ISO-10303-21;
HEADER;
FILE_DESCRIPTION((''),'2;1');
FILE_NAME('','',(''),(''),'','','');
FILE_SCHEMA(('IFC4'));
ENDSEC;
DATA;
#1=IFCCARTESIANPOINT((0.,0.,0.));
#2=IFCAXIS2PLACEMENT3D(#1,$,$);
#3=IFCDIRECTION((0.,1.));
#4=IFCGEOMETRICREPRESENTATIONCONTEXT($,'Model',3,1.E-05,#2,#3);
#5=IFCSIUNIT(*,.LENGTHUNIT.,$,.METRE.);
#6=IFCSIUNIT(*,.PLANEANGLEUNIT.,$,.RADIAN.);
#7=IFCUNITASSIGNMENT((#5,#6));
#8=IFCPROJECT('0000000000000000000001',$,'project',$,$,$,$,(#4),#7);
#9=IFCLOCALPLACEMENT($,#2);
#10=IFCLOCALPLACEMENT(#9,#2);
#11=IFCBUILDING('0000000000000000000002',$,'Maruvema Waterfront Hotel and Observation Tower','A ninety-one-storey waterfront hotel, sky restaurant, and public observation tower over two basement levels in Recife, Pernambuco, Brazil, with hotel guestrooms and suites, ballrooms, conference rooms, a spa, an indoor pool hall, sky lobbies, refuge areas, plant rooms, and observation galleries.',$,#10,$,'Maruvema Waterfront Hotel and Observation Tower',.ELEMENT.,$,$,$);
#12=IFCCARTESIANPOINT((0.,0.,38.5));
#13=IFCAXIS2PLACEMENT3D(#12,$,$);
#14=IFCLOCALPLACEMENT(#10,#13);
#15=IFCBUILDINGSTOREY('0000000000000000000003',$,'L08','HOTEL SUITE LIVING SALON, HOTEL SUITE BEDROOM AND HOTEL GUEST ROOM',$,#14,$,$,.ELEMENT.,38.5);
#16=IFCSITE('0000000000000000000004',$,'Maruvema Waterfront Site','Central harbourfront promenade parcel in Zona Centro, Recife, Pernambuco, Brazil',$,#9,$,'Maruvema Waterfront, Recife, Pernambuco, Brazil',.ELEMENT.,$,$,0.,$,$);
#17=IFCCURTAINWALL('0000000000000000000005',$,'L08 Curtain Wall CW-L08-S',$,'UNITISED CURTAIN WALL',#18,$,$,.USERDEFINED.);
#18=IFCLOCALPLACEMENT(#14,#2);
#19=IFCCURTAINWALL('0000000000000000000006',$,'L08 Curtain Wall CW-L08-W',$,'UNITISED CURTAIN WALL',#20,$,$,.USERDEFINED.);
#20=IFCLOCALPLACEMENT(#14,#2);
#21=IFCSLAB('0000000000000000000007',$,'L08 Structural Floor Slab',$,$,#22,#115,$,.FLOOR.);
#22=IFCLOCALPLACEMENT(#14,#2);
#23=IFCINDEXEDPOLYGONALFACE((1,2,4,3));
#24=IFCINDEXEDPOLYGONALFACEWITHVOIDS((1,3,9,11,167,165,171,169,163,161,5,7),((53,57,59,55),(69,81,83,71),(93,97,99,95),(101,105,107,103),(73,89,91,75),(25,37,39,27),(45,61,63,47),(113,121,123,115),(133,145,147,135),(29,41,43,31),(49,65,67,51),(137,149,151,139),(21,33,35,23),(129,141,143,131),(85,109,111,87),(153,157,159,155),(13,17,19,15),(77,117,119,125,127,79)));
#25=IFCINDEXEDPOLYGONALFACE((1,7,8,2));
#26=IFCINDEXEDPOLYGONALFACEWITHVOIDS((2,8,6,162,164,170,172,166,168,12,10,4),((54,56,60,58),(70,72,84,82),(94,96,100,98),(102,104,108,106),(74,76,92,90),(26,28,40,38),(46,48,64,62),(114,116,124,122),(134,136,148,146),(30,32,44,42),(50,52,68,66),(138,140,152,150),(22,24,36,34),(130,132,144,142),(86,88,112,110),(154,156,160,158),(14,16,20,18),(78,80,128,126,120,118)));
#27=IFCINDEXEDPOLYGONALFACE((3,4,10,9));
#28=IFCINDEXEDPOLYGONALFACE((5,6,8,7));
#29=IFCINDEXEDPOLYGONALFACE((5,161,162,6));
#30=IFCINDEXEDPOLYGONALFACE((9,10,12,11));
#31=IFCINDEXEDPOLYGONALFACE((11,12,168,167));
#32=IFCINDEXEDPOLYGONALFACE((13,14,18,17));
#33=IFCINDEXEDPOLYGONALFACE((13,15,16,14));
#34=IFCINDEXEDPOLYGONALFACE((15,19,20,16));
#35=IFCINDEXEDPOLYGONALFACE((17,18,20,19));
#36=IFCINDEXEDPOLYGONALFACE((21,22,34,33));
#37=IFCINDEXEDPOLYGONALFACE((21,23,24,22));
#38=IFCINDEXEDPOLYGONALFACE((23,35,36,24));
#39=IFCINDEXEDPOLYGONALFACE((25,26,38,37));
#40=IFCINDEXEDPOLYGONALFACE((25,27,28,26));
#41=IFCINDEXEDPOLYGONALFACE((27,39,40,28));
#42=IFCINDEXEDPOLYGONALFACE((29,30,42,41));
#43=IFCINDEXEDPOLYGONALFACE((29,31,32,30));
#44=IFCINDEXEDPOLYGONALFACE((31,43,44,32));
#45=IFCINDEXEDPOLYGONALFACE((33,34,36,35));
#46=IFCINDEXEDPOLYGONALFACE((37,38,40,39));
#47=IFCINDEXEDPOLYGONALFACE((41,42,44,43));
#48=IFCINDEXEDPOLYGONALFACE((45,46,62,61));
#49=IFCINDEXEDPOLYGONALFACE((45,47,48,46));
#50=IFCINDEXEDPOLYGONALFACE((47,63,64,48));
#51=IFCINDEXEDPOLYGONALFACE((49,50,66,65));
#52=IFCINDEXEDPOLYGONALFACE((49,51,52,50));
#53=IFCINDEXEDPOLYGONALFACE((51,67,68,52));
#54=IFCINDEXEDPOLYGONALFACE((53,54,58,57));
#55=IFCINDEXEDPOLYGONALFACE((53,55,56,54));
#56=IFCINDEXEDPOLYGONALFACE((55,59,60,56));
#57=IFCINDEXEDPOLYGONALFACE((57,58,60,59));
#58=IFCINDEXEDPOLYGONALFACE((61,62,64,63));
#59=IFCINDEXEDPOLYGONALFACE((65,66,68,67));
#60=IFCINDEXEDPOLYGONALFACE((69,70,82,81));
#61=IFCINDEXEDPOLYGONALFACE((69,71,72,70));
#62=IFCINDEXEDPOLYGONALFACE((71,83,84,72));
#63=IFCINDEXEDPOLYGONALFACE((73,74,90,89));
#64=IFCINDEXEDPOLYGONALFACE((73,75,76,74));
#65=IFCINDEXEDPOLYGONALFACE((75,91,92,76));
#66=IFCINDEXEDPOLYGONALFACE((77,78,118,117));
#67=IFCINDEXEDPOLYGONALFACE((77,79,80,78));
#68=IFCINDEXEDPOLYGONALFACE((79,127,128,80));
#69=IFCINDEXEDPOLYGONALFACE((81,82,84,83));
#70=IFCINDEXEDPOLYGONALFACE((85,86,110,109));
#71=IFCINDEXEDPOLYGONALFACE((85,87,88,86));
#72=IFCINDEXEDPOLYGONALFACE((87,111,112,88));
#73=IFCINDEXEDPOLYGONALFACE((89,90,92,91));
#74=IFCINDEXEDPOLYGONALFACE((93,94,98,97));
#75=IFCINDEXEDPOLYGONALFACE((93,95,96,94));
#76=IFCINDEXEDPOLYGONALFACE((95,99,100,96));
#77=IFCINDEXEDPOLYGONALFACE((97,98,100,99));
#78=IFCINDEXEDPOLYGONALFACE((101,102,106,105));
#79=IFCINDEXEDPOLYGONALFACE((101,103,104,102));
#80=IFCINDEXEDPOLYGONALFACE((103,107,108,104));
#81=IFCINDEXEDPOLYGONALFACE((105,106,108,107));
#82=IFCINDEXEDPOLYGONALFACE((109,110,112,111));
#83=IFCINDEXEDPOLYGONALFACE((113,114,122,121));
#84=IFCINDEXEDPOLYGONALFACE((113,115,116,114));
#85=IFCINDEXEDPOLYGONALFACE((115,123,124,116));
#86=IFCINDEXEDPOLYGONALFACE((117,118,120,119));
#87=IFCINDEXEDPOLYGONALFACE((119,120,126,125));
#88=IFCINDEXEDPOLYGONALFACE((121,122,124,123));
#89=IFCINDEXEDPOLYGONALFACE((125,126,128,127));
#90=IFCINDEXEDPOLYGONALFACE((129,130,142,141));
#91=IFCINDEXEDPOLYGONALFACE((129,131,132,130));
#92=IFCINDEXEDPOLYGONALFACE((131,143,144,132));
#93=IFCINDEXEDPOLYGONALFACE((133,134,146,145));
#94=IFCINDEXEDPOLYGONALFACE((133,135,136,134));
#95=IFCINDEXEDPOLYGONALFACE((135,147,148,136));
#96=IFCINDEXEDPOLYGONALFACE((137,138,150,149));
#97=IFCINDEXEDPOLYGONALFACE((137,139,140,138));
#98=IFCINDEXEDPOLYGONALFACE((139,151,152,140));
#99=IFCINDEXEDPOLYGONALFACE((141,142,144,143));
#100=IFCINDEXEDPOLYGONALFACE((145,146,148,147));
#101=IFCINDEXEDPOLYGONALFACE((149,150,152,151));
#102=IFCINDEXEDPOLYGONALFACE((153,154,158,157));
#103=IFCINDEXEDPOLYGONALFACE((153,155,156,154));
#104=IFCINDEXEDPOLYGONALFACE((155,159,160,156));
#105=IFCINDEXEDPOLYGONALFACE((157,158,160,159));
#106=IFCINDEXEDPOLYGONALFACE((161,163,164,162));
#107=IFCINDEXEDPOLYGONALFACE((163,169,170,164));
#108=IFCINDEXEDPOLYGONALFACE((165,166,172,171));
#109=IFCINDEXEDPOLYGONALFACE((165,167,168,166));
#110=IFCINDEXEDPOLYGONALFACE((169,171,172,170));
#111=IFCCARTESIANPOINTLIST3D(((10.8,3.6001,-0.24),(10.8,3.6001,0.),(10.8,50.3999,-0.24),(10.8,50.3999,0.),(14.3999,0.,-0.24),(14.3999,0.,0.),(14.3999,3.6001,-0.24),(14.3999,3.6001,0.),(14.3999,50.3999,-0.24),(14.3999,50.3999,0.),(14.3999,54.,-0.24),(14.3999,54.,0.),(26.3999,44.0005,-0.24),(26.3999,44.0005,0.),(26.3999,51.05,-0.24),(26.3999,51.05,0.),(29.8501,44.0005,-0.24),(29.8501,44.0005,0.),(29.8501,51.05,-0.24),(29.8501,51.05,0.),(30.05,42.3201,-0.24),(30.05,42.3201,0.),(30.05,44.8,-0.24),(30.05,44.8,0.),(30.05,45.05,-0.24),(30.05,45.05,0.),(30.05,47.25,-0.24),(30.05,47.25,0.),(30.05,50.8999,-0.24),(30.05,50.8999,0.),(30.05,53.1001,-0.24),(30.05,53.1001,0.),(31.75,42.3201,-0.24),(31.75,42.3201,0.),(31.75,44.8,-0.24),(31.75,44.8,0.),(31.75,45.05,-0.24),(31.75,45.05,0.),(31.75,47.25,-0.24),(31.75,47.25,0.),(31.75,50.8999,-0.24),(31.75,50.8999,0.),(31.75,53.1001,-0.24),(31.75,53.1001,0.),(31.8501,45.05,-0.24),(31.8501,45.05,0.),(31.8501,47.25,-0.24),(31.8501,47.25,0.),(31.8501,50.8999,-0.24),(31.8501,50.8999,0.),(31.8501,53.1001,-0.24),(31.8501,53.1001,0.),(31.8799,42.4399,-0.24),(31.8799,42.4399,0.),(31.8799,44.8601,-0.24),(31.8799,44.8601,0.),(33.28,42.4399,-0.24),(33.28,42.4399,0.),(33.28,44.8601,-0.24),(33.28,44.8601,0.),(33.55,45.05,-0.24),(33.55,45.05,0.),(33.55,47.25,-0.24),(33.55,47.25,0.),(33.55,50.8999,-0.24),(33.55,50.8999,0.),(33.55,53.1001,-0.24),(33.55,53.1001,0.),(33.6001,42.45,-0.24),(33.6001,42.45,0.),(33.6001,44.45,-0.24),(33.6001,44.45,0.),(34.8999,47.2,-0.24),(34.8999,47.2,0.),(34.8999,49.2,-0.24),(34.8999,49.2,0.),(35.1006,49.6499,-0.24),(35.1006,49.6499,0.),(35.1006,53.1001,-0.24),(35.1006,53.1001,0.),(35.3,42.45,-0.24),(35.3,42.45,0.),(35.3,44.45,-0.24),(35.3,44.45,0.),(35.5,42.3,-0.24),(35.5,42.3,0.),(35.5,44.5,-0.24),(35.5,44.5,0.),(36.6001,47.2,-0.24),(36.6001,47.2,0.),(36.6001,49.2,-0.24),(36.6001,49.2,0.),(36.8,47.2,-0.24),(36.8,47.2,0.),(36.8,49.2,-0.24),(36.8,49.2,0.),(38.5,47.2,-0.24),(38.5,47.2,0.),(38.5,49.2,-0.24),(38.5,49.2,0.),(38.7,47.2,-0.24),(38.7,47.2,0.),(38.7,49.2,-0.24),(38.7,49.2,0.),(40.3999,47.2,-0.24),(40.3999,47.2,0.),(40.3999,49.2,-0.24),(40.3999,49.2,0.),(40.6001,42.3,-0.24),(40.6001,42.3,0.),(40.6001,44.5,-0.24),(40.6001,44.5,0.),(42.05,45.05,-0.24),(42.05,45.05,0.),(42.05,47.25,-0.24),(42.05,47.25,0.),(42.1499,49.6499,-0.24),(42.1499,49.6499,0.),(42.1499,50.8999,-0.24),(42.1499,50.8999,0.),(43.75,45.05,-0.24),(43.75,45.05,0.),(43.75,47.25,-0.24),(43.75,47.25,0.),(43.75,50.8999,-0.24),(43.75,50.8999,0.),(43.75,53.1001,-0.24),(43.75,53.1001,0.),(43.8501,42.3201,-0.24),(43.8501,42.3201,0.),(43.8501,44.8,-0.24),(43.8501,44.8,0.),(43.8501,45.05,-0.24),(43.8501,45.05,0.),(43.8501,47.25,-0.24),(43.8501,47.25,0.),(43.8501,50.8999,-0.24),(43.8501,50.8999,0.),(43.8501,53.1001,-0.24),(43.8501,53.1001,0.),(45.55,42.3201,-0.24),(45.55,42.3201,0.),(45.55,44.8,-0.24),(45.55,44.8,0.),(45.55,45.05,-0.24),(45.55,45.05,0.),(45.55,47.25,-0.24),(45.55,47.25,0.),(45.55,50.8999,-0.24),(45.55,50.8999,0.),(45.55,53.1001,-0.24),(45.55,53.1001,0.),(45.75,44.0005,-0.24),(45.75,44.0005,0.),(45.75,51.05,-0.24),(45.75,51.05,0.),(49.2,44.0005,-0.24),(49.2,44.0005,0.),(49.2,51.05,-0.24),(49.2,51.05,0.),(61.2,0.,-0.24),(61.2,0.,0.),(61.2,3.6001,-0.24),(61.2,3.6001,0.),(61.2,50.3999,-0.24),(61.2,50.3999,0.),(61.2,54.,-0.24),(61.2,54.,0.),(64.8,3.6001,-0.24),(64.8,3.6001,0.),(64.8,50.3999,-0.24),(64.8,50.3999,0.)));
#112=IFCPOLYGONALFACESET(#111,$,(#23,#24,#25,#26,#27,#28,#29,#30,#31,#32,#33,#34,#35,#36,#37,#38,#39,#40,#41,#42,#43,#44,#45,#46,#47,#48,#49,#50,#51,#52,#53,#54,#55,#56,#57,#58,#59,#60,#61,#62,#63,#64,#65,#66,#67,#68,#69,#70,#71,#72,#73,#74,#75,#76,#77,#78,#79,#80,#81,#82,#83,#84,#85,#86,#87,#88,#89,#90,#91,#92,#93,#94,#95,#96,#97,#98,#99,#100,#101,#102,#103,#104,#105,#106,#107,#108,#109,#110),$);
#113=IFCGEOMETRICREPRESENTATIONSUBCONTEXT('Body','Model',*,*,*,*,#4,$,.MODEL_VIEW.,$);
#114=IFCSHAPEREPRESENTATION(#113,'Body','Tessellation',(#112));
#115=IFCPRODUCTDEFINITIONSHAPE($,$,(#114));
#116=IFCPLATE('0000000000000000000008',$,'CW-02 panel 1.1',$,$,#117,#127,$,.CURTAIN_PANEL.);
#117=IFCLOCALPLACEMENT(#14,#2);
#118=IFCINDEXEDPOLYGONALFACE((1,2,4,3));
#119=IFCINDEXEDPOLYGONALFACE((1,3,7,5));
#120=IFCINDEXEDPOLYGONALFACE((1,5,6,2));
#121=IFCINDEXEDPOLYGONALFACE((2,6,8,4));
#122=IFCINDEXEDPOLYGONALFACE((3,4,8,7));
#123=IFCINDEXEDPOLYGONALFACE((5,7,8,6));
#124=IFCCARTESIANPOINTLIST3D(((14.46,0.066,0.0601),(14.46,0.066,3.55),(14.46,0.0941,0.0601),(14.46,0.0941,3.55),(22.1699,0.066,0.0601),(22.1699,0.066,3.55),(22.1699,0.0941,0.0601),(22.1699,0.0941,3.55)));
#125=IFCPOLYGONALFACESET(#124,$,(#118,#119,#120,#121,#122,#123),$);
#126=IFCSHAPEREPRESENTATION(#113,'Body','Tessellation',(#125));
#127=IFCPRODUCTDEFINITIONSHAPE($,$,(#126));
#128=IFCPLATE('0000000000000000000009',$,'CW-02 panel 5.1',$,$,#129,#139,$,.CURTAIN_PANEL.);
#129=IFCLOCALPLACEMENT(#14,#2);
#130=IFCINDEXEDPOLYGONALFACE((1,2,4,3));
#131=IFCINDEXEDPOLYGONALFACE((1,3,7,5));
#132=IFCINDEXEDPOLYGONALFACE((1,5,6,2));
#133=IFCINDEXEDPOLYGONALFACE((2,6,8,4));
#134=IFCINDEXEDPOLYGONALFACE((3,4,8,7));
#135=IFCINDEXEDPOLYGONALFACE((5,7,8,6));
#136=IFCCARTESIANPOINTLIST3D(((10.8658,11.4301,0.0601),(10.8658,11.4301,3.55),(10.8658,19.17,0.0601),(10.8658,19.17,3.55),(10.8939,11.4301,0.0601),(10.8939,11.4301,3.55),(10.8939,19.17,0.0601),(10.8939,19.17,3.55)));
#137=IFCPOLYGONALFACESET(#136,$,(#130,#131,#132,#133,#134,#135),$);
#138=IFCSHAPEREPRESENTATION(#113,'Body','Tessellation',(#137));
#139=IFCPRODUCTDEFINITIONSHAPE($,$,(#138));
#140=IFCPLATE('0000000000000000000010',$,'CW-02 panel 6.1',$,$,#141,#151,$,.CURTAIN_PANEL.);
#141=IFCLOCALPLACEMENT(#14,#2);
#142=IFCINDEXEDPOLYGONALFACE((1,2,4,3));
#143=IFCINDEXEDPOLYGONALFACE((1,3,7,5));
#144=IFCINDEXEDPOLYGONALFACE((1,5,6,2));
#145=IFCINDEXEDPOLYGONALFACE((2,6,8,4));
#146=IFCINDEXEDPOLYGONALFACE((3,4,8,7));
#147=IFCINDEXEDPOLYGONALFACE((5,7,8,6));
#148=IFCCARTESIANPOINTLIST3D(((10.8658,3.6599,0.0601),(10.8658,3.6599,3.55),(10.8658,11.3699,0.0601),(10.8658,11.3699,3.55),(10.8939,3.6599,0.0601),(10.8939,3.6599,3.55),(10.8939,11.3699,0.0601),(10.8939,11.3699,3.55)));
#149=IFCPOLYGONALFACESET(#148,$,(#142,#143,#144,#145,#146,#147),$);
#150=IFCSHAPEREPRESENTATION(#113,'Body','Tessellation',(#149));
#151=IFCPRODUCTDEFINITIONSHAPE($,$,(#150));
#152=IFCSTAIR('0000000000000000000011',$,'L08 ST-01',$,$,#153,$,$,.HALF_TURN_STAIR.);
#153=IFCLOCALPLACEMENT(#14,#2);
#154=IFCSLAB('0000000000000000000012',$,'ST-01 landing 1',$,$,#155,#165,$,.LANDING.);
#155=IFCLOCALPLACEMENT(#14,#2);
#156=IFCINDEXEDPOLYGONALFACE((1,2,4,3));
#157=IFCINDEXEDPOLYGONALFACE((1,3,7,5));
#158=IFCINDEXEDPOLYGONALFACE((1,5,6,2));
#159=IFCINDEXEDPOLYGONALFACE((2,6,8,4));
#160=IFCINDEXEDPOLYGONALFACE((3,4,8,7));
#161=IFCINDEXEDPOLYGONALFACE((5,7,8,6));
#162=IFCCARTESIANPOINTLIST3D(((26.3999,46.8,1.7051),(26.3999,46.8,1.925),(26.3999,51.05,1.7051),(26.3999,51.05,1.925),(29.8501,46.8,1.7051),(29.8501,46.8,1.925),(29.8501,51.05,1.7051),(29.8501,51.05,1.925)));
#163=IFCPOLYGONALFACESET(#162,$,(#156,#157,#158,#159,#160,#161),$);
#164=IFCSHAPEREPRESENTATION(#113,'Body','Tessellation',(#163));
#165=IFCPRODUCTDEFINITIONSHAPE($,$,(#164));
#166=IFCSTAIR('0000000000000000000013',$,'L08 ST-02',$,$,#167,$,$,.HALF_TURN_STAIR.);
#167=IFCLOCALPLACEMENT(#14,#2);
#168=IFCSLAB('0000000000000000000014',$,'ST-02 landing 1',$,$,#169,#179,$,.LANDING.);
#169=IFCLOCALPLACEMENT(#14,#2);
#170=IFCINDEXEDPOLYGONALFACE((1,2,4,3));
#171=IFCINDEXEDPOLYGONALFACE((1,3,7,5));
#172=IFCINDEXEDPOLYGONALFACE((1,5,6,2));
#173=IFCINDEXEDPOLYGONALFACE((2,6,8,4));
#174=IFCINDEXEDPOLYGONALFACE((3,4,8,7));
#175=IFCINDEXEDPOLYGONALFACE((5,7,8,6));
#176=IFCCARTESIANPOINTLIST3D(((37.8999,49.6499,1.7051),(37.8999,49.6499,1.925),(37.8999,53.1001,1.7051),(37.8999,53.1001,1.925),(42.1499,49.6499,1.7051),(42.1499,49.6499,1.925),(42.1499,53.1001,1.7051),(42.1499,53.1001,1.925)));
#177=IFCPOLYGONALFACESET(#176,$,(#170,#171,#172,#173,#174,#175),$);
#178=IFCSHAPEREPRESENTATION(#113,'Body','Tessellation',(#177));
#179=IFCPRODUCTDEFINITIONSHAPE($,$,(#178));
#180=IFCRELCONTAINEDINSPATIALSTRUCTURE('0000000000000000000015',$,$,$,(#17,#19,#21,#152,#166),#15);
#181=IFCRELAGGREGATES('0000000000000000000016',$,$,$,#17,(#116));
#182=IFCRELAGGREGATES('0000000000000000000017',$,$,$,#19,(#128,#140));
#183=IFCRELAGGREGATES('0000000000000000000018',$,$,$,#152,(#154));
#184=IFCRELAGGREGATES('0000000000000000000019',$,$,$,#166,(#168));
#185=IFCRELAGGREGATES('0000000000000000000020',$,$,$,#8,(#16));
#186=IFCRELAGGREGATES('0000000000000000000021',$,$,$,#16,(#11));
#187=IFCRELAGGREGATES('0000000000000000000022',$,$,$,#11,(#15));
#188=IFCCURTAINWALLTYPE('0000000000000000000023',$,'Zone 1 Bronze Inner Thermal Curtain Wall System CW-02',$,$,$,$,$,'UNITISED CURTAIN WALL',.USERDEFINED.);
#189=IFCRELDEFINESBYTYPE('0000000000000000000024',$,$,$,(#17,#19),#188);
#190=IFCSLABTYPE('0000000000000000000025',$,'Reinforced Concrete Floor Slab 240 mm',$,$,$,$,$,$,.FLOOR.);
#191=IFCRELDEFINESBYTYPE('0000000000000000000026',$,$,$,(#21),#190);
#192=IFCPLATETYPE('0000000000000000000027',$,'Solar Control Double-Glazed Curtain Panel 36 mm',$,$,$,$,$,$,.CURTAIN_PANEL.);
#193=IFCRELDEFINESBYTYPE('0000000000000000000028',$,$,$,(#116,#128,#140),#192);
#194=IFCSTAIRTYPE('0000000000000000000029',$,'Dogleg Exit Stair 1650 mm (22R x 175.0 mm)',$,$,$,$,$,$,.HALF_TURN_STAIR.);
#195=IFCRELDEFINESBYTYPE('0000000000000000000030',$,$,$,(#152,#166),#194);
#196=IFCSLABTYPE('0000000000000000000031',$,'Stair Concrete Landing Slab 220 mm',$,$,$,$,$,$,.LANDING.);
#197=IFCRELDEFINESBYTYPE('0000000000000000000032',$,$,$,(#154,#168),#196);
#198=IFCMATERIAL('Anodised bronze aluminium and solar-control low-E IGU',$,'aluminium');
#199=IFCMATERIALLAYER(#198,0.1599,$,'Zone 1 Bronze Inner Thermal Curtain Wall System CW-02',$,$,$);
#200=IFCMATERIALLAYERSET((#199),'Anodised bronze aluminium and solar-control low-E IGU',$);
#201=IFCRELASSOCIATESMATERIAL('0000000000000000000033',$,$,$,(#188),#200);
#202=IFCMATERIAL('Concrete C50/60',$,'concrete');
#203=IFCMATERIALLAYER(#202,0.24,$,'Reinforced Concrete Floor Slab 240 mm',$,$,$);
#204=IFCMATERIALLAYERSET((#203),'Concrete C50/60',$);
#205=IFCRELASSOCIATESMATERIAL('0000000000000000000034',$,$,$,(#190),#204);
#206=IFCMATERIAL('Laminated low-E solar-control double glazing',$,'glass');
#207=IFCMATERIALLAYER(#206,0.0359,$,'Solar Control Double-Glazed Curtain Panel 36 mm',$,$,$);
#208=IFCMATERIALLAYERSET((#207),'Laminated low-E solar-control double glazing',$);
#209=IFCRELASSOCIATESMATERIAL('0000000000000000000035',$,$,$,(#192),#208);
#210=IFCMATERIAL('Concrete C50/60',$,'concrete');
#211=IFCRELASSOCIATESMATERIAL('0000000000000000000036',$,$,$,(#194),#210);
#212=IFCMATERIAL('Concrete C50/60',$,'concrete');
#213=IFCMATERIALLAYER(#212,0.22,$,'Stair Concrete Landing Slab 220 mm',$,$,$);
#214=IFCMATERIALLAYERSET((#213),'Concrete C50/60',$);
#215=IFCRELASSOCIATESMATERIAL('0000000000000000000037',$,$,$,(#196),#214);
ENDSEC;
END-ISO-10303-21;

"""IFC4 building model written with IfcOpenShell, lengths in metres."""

from ifc_helpers import new_model, si_unit, direction, frame, origin, origin_2d, place, context, subcontext, project, spatial, polyline, rectangle, outline, extrude, material, layer, layer_set, type_object, element, aggregate, save


model = new_model("IFC4")

# Units and contexts
model_context = context("Model", 3, precision=1e-05, world=origin(), true_north=direction((0.0, 1.0)))
body_context = subcontext(model_context, "Body", "Model", "MODEL_VIEW")
ifc_project = project(units=[si_unit("LENGTHUNIT", "METRE"), si_unit("PLANEANGLEUNIT", "RADIAN")], contexts=[model_context])

# Site, building, storey
site_placement = place(None, origin())
site = spatial("IfcSite", under=ifc_project, at=site_placement, Name="Maruvema Waterfront Site", Description="Central harbourfront promenade parcel in Zona Centro, Recife, Pernambuco, Brazil", LongName="Maruvema Waterfront, Recife, Pernambuco, Brazil", CompositionType="ELEMENT", RefElevation=0.0)
building_placement = place(site_placement, origin())
building = spatial("IfcBuilding", under=site, at=building_placement, Name="Maruvema Waterfront Hotel and Observation Tower", Description="A ninety-one-storey waterfront hotel, sky restaurant, and public observation tower over two basement levels in Recife, Pernambuco, Brazil, with hotel guestrooms and suites, ballrooms, conference rooms, a spa, an indoor pool hall, sky lobbies, refuge areas, plant rooms, and observation galleries.", LongName="Maruvema Waterfront Hotel and Observation Tower", CompositionType="ELEMENT")
storey_placement = place(building_placement, frame((0.0, 0.0, 38.5)))
storey = spatial("IfcBuildingStorey", under=building, at=storey_placement, Name="L08", Description="HOTEL SUITE LIVING SALON, HOTEL SUITE BEDROOM AND HOTEL GUEST ROOM", CompositionType="ELEMENT", Elevation=38.5)

# Curtain walls
ifc_material_1 = material(Name="Anodised bronze aluminium and solar-control low-E IGU", Category="aluminium")
ifc_layer_1 = layer(ifc_material_1, 0.1599, Name="Zone 1 Bronze Inner Thermal Curtain Wall System CW-02")
ifc_layer_set_1 = layer_set([ifc_layer_1], Name="Anodised bronze aluminium and solar-control low-E IGU")
curtain_wall_type = type_object("IfcCurtainWallType", Name="Zone 1 Bronze Inner Thermal Curtain Wall System CW-02", ElementType="UNITISED CURTAIN WALL", PredefinedType="USERDEFINED", material=ifc_layer_set_1)
curtain_wall_1_placement = place(storey_placement, origin())
curtain_wall_1 = element("IfcCurtainWall", 1, at=curtain_wall_1_placement, inside=storey, type_object=curtain_wall_type, Name="L08 Curtain Wall CW-L08-S", ObjectType="UNITISED CURTAIN WALL", PredefinedType="USERDEFINED")
curtain_wall_2_placement = place(storey_placement, origin())
curtain_wall_2 = element("IfcCurtainWall", 2, at=curtain_wall_2_placement, inside=storey, type_object=curtain_wall_type, Name="L08 Curtain Wall CW-L08-W", ObjectType="UNITISED CURTAIN WALL", PredefinedType="USERDEFINED")

# Slab
ifc_material_2 = material(Name="Concrete C50/60", Category="concrete")
ifc_layer_2 = layer(ifc_material_2, 0.24, Name="Reinforced Concrete Floor Slab 240 mm")
ifc_layer_set_2 = layer_set([ifc_layer_2], Name="Concrete C50/60")
slab_type_1 = type_object("IfcSlabType", Name="Reinforced Concrete Floor Slab 240 mm", PredefinedType="FLOOR", material=ifc_layer_set_2)
slab_1_placement = place(storey_placement, frame((0.0, 0.0, -0.24)))
element("IfcSlab", 3, at=slab_1_placement, inside=storey, type_object=slab_type_1, Name="L08 Structural Floor Slab", PredefinedType="FLOOR", context=body_context, shape_type="SweptSolid", body=[
    extrude(outline(polyline([(14.3999, 0.0), (61.2, 0.0), (61.2, 3.6001), (64.8, 3.6001), (64.8, 50.3999), (61.2, 50.3999), (61.2, 54.0), (14.3999, 54.0), (14.3999, 50.3999), (10.8, 50.3999), (10.8, 3.6001), (14.3999, 3.6001), (14.3999, 0.0)]), holes=[polyline([(26.3999, 44.0005), (26.3999, 51.05), (29.8501, 51.05), (29.8501, 44.0005), (26.3999, 44.0005)]), polyline([(30.05, 44.8), (31.75, 44.8), (31.75, 42.3201), (30.05, 42.3201), (30.05, 44.8)]), polyline([(31.75, 47.25), (31.75, 45.05), (30.05, 45.05), (30.05, 47.25), (31.75, 47.25)]), polyline([(31.75, 53.1001), (31.75, 50.8999), (30.05, 50.8999), (30.05, 53.1001), (31.75, 53.1001)]), polyline([(33.28, 44.8601), (33.28, 42.4399), (31.8799, 42.4399), (31.8799, 44.8601), (33.28, 44.8601)]), polyline([(31.8501, 47.25), (33.55, 47.25), (33.55, 45.05), (31.8501, 45.05), (31.8501, 47.25)]), polyline([(31.8501, 53.1001), (33.55, 53.1001), (33.55, 50.8999), (31.8501, 50.8999), (31.8501, 53.1001)]), polyline([(33.6001, 44.45), (35.3, 44.45), (35.3, 42.45), (33.6001, 42.45), (33.6001, 44.45)]), polyline([(34.8999, 49.2), (36.6001, 49.2), (36.6001, 47.2), (34.8999, 47.2), (34.8999, 49.2)]), polyline([(38.5, 49.2), (38.5, 47.2), (36.8, 47.2), (36.8, 49.2), (38.5, 49.2)]), polyline([(35.5, 44.5), (40.6001, 44.5), (40.6001, 42.3), (35.5, 42.3), (35.5, 44.5)]), polyline([(43.75, 50.8999), (42.1499, 50.8999), (42.1499, 49.6499), (35.1006, 49.6499), (35.1006, 53.1001), (43.75, 53.1001), (43.75, 50.8999)]), polyline([(40.3999, 49.2), (40.3999, 47.2), (38.7, 47.2), (38.7, 49.2), (40.3999, 49.2)]), polyline([(43.75, 47.25), (43.75, 45.05), (42.05, 45.05), (42.05, 47.25), (43.75, 47.25)]), polyline([(45.55, 44.8), (45.55, 42.3201), (43.8501, 42.3201), (43.8501, 44.8), (45.55, 44.8)]), polyline([(43.8501, 47.25), (45.55, 47.25), (45.55, 45.05), (43.8501, 45.05), (43.8501, 47.25)]), polyline([(45.55, 53.1001), (45.55, 50.8999), (43.8501, 50.8999), (43.8501, 53.1001), (45.55, 53.1001)]), polyline([(45.75, 51.05), (49.2, 51.05), (49.2, 44.0005), (45.75, 44.0005), (45.75, 51.05)])]), origin(), (0.0, 0.0, 1.0), 0.24),
])

# Plates
ifc_material_3 = material(Name="Laminated low-E solar-control double glazing", Category="glass")
ifc_layer_3 = layer(ifc_material_3, 0.0359, Name="Solar Control Double-Glazed Curtain Panel 36 mm")
ifc_layer_set_3 = layer_set([ifc_layer_3], Name="Laminated low-E solar-control double glazing")
plate_type = type_object("IfcPlateType", Name="Solar Control Double-Glazed Curtain Panel 36 mm", PredefinedType="CURTAIN_PANEL", material=ifc_layer_set_3)
plate_1_placement = place(storey_placement, frame((18.3149, 0.0801, 0.0601), z_axis=(0.0, 0.0, 1.0), x_axis=(1.0, 0.0, 0.0)))
plate_1 = element("IfcPlate", 4, at=plate_1_placement, type_object=plate_type, Name="CW-02 panel 1.1", PredefinedType="CURTAIN_PANEL", context=body_context, shape_type="SweptSolid", body=[
    extrude(rectangle(XDim=7.71, YDim=0.0281, at=origin_2d()), origin(), (0.0, 0.0, 1.0), 3.49),
])
aggregate(curtain_wall_1, [plate_1])
plate_2_placement = place(storey_placement, frame((10.8799, 15.3, 0.0601), z_axis=(0.0, 0.0, 1.0), x_axis=(0.0, -1.0, 0.0)))
plate_2 = element("IfcPlate", 5, at=plate_2_placement, type_object=plate_type, Name="CW-02 panel 5.1", PredefinedType="CURTAIN_PANEL", context=body_context, shape_type="SweptSolid", body=[
    extrude(rectangle(XDim=7.74, YDim=0.0281, at=origin_2d()), origin(), (0.0, 0.0, 1.0), 3.49),
])
plate_3_placement = place(storey_placement, frame((10.8799, 7.5149, 0.0601), z_axis=(0.0, 0.0, 1.0), x_axis=(0.0, -1.0, 0.0)))
plate_3 = element("IfcPlate", 6, at=plate_3_placement, type_object=plate_type, Name="CW-02 panel 6.1", PredefinedType="CURTAIN_PANEL", context=body_context, shape_type="SweptSolid", body=[
    extrude(rectangle(XDim=7.71, YDim=0.0281, at=origin_2d()), origin(), (0.0, 0.0, 1.0), 3.49),
])
aggregate(curtain_wall_2, [plate_2, plate_3])

# Stairs, slabs
ifc_material_4 = material(Name="Concrete C50/60", Category="concrete")
stair_type = type_object("IfcStairType", Name="Dogleg Exit Stair 1650 mm (22R x 175.0 mm)", PredefinedType="HALF_TURN_STAIR", material=ifc_material_4)
stair_1_placement = place(storey_placement, origin())
stair_1 = element("IfcStair", 7, at=stair_1_placement, inside=storey, type_object=stair_type, Name="L08 ST-01", PredefinedType="HALF_TURN_STAIR")
ifc_material_5 = material(Name="Concrete C50/60", Category="concrete")
ifc_layer_4 = layer(ifc_material_5, 0.22, Name="Stair Concrete Landing Slab 220 mm")
ifc_layer_set_4 = layer_set([ifc_layer_4], Name="Concrete C50/60")
slab_type_2 = type_object("IfcSlabType", Name="Stair Concrete Landing Slab 220 mm", PredefinedType="LANDING", material=ifc_layer_set_4)
slab_2_placement = place(storey_placement, frame((0.0, 0.0, 1.7051)))
slab_2 = element("IfcSlab", 8, at=slab_2_placement, type_object=slab_type_2, Name="ST-01 landing 1", PredefinedType="LANDING", context=body_context, shape_type="SweptSolid", body=[
    extrude(outline(polyline([(29.8501, 46.8), (29.8501, 51.05), (26.3999, 51.05), (26.3999, 46.8), (29.8501, 46.8)])), origin(), (0.0, 0.0, 1.0), 0.22),
])
aggregate(stair_1, [slab_2])
stair_2_placement = place(storey_placement, origin())
stair_2 = element("IfcStair", 9, at=stair_2_placement, inside=storey, type_object=stair_type, Name="L08 ST-02", PredefinedType="HALF_TURN_STAIR")
slab_3_placement = place(storey_placement, frame((0.0, 0.0, 1.7051)))
slab_3 = element("IfcSlab", 10, at=slab_3_placement, type_object=slab_type_2, Name="ST-02 landing 1", PredefinedType="LANDING", context=body_context, shape_type="SweptSolid", body=[
    extrude(outline(polyline([(37.8999, 49.6499), (42.1499, 49.6499), (42.1499, 53.1001), (37.8999, 53.1001), (37.8999, 49.6499)])), origin(), (0.0, 0.0, 1.0), 0.22),
])
aggregate(stair_2, [slab_3])

save(model, "model.ifc")
